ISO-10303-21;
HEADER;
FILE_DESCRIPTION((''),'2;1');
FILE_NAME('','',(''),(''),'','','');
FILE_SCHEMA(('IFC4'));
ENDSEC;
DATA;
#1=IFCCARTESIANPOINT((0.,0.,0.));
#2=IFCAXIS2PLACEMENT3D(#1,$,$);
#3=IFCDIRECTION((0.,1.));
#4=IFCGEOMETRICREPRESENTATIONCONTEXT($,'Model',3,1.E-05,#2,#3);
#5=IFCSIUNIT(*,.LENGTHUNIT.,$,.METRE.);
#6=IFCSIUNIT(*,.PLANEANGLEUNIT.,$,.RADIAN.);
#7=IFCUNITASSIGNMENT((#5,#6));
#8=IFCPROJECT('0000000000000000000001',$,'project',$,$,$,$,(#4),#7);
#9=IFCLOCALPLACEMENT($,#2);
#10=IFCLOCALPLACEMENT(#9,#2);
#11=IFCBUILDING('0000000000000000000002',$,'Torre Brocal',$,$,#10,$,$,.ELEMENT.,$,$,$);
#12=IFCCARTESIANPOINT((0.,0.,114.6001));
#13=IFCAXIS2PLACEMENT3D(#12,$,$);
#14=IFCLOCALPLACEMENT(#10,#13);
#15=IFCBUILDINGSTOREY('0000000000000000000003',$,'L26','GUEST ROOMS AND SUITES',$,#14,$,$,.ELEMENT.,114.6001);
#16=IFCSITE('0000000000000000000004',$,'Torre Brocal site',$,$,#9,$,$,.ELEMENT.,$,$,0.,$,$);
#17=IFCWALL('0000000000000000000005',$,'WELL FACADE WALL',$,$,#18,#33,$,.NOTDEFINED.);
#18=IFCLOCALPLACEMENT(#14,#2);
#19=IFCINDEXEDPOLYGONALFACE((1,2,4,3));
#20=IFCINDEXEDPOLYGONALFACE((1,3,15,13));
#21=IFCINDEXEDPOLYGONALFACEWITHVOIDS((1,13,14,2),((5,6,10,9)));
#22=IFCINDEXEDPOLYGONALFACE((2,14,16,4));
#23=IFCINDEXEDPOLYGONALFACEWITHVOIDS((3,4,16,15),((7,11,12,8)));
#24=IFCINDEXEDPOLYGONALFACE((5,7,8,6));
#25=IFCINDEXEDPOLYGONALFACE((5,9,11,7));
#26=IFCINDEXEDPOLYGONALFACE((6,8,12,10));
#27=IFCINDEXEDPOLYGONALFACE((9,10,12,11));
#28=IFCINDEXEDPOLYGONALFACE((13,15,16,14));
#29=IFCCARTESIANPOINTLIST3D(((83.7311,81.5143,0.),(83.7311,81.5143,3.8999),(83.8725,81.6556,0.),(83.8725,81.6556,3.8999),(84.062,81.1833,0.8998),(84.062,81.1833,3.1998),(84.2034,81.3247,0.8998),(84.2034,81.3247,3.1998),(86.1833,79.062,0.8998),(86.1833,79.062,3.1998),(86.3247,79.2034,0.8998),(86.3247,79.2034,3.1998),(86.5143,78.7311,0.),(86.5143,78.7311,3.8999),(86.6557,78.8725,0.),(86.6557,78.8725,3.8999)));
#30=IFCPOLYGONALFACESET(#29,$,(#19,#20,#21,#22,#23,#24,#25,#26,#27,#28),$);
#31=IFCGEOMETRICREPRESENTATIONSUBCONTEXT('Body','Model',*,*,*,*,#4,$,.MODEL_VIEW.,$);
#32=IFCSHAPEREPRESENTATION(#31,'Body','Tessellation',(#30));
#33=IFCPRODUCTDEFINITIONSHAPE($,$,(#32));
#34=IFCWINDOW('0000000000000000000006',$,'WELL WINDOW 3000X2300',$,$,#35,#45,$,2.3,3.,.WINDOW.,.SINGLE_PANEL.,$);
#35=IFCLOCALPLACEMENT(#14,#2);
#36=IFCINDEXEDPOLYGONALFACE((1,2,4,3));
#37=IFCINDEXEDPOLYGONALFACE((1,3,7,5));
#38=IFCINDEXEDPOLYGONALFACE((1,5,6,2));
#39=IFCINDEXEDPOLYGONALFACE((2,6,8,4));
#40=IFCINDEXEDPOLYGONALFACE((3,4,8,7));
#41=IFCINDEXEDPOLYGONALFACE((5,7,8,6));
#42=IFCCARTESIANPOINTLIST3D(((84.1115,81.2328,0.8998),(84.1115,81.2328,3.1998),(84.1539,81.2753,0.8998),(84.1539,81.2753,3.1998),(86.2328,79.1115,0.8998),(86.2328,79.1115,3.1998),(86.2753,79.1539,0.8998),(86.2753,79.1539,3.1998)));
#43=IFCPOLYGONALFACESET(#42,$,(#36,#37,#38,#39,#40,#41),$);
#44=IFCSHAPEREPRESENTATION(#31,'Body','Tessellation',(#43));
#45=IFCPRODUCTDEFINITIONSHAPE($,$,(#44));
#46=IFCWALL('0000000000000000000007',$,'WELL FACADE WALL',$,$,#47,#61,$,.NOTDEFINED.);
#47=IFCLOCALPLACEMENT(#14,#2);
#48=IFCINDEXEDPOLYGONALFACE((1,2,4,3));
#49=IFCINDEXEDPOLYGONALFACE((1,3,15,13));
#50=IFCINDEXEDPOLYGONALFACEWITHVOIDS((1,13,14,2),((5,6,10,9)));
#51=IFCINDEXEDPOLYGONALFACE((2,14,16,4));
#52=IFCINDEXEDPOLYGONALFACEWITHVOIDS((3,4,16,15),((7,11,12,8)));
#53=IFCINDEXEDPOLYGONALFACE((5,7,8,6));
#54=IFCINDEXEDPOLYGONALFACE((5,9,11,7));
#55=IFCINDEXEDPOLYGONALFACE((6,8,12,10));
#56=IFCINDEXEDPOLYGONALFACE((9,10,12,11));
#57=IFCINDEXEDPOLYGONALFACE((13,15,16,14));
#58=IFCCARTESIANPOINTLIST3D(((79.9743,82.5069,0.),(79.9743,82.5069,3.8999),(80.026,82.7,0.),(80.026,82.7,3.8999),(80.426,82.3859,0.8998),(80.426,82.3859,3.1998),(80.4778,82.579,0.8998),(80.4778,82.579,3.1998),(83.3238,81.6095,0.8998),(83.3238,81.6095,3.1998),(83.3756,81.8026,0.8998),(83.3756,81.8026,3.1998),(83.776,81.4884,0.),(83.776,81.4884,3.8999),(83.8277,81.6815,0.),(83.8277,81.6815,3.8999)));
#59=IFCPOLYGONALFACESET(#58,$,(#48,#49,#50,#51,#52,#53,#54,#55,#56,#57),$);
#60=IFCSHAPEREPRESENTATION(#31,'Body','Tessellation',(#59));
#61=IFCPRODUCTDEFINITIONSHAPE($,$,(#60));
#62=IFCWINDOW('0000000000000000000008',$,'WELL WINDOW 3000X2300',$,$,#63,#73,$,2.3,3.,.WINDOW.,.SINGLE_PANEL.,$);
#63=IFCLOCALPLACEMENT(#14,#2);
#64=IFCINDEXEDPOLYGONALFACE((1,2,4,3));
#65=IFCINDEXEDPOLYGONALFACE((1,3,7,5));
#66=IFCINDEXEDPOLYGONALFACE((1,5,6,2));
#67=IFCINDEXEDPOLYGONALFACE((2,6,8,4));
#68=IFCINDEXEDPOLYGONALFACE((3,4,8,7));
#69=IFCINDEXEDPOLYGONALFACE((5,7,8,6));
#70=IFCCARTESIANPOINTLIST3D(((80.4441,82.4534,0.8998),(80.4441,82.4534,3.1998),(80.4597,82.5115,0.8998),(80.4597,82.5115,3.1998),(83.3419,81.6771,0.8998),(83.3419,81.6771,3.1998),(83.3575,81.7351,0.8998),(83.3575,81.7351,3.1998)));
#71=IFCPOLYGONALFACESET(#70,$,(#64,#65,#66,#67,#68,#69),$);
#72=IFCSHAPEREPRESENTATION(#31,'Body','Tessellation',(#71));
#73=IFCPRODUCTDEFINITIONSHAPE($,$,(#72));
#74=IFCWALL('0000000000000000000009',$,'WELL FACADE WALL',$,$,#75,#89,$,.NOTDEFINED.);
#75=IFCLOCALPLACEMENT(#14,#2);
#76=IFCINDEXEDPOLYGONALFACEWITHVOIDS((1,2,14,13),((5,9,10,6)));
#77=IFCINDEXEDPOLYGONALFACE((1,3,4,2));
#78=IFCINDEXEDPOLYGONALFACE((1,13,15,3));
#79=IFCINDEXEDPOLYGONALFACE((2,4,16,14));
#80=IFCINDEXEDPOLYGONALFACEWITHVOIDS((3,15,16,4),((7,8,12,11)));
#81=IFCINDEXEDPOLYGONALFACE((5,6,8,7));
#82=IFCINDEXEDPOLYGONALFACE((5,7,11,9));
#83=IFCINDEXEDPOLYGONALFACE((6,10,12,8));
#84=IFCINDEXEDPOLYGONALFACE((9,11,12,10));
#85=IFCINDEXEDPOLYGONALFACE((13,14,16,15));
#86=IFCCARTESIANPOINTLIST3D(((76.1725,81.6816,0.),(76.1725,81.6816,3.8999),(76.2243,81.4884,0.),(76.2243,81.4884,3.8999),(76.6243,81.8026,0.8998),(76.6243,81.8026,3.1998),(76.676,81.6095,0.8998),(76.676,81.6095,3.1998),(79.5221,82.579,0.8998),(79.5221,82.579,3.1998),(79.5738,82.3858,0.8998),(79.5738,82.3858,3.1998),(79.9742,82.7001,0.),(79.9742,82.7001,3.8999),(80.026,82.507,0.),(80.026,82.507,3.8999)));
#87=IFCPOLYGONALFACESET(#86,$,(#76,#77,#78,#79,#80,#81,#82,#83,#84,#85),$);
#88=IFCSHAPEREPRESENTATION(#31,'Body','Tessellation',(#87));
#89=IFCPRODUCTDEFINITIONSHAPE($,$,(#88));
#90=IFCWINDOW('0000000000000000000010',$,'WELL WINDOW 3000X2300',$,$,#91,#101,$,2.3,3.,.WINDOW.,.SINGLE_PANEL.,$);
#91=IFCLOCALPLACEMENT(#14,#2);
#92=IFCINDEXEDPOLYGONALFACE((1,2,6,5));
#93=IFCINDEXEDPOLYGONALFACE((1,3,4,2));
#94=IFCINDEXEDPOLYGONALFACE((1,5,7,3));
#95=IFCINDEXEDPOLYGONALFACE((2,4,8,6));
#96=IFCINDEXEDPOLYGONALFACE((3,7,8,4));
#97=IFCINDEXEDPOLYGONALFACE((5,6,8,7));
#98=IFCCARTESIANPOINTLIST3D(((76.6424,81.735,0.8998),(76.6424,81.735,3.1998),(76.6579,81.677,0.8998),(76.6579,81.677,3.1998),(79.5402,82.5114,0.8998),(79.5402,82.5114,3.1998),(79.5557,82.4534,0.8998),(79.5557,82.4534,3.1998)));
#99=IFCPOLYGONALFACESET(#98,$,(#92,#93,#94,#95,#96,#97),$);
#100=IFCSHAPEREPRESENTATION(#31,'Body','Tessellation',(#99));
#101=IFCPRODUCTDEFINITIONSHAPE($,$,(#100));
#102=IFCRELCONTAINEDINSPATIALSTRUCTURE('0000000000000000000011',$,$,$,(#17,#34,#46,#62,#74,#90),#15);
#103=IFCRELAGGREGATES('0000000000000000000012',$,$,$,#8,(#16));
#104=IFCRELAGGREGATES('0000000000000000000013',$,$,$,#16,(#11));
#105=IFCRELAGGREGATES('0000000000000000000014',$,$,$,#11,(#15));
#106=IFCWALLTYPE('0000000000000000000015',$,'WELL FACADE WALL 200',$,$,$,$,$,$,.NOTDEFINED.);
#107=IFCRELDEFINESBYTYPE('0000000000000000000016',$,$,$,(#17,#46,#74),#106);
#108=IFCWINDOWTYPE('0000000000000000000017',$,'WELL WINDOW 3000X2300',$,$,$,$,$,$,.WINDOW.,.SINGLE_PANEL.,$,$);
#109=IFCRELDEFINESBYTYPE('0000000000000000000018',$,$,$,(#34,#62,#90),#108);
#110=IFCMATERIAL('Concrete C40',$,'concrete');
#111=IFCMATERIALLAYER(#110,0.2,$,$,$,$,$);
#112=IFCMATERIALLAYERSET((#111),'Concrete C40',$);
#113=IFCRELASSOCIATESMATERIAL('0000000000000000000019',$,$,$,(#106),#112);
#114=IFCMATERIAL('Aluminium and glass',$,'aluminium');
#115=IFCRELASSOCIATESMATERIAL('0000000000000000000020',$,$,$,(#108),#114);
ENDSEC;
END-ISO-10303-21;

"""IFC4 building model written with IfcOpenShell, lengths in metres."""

from ifc_helpers import new_model, si_unit, direction, frame, frame_2d, origin, place, context, subcontext, project, spatial, rectangle, extrude, material, layer, layer_set, type_object, element, fill, save


model = new_model("IFC4")

# Units and contexts
model_context = context("Model", 3, precision=1e-05, world=origin(), true_north=direction((0.0, 1.0)))
body_context = subcontext(model_context, "Body", "Model", "MODEL_VIEW")
ifc_project = project(units=[si_unit("LENGTHUNIT", "METRE"), si_unit("PLANEANGLEUNIT", "RADIAN")], contexts=[model_context])

# Site, building, storey
site_placement = place(None, origin())
site = spatial("IfcSite", under=ifc_project, at=site_placement, Name="Torre Brocal site", CompositionType="ELEMENT", RefElevation=0.0)
building_placement = place(site_placement, origin())
building = spatial("IfcBuilding", under=site, at=building_placement, Name="Torre Brocal", CompositionType="ELEMENT")
storey_placement = place(building_placement, frame((0.0, 0.0, 114.6001)))
storey = spatial("IfcBuildingStorey", under=building, at=storey_placement, Name="L26", Description="GUEST ROOMS AND SUITES", CompositionType="ELEMENT", Elevation=114.6001)

# Walls, openings, windows
ifc_material_1 = material(Name="Concrete C40", Category="concrete")
ifc_layer_1 = layer(ifc_material_1, 0.2)
ifc_layer_set_1 = layer_set([ifc_layer_1], Name="Concrete C40")
wall_type_1 = type_object("IfcWallType", Name="WELL FACADE WALL 200", PredefinedType="NOTDEFINED", material=ifc_layer_set_1)
ifc_material_2 = material(Name="Aluminium and glass", Category="aluminium")
window_type = type_object("IfcWindowType", Name="WELL WINDOW 3000X2300", PartitioningType="SINGLE_PANEL", PredefinedType="WINDOW", material=ifc_material_2)
wall_1_placement = place(storey_placement, frame((86.585, 78.8018, 0.0), z_axis=(0.0, 0.0, 1.0), x_axis=(-0.707107, 0.707107, 0.0)))
wall_1 = element("IfcWall", 1, at=wall_1_placement, inside=storey, type_object=wall_type_1, Name="WELL FACADE WALL", PredefinedType="NOTDEFINED", context=body_context, shape_type="SweptSolid", body=[
    extrude(rectangle(XDim=3.936, YDim=0.2, at=frame_2d((1.968, 0.0))), origin(), (0.0, 0.0, 1.0), 3.8999),
])
opening_1_placement = place(wall_1_placement, frame((0.468, 0.0, 0.8999)))
opening_1 = element("IfcOpeningElement", 2, at=opening_1_placement, cuts=wall_1, PredefinedType="OPENING", context=body_context, shape_type="SweptSolid", body=[
    extrude(rectangle(XDim=3.0, YDim=2.3, at=frame_2d((1.5, 1.1499))), frame((0.0, 0.1099, 0.0), z_axis=(0.0, -1.0, 0.0), x_axis=(1.0, 0.0, 0.0)), (0.0, 0.0, 1.0), 0.22),
])
window_1_placement = place(opening_1_placement, origin())
window_1 = element("IfcWindow", 3, at=window_1_placement, inside=storey, type_object=window_type, Name="WELL WINDOW 3000X2300", OverallHeight=2.3, OverallWidth=3.0, PartitioningType="SINGLE_PANEL", PredefinedType="WINDOW", context=body_context, shape_type="SweptSolid", body=[
    extrude(rectangle(XDim=3.0, YDim=2.3, at=frame_2d((1.5, 1.1499))), frame((0.0, 0.03, 0.0), z_axis=(0.0, -1.0, 0.0), x_axis=(1.0, 0.0, 0.0)), (0.0, 0.0, 1.0), 0.0601),
])
fill(opening_1, window_1)
wall_2_placement = place(storey_placement, frame((83.8018, 81.585, 0.0), z_axis=(0.0, 0.0, 1.0), x_axis=(-0.965934, 0.25879, 0.0)))
wall_2 = element("IfcWall", 4, at=wall_2_placement, inside=storey, type_object=wall_type_1, Name="WELL FACADE WALL", PredefinedType="NOTDEFINED", context=body_context, shape_type="SweptSolid", body=[
    extrude(rectangle(XDim=3.9358, YDim=0.2, at=frame_2d((1.9678, 0.0))), origin(), (0.0, 0.0, 1.0), 3.8999),
])
opening_2_placement = place(wall_2_placement, frame((0.468, 0.0, 0.8999)))
opening_2 = element("IfcOpeningElement", 5, at=opening_2_placement, cuts=wall_2, PredefinedType="OPENING", context=body_context, shape_type="SweptSolid", body=[
    extrude(rectangle(XDim=3.0, YDim=2.3, at=frame_2d((1.5, 1.1499))), frame((0.0, 0.1099, 0.0), z_axis=(0.0, -1.0, 0.0), x_axis=(1.0, 0.0, 0.0)), (0.0, 0.0, 1.0), 0.22),
])
window_2_placement = place(opening_2_placement, origin())
window_2 = element("IfcWindow", 6, at=window_2_placement, inside=storey, type_object=window_type, Name="WELL WINDOW 3000X2300", OverallHeight=2.3, OverallWidth=3.0, PartitioningType="SINGLE_PANEL", PredefinedType="WINDOW", context=body_context, shape_type="SweptSolid", body=[
    extrude(rectangle(XDim=3.0, YDim=2.3, at=frame_2d((1.5, 1.1499))), frame((0.0, 0.03, 0.0), z_axis=(0.0, -1.0, 0.0), x_axis=(1.0, 0.0, 0.0)), (0.0, 0.0, 1.0), 0.0601),
])
fill(opening_2, window_2)
wall_3_placement = place(storey_placement, frame((80.0, 82.6035, 0.0), z_axis=(0.0, 0.0, 1.0), x_axis=(-0.965934, -0.25879, 0.0)))
wall_3 = element("IfcWall", 7, at=wall_3_placement, inside=storey, type_object=wall_type_1, Name="WELL FACADE WALL", PredefinedType="NOTDEFINED", context=body_context, shape_type="SweptSolid", body=[
    extrude(rectangle(XDim=3.9358, YDim=0.2, at=frame_2d((1.9678, 0.0))), origin(), (0.0, 0.0, 1.0), 3.8999),
])
opening_3_placement = place(wall_3_placement, frame((0.468, 0.0, 0.8999)))
opening_3 = element("IfcOpeningElement", 8, at=opening_3_placement, cuts=wall_3, PredefinedType="OPENING", context=body_context, shape_type="SweptSolid", body=[
    extrude(rectangle(XDim=3.0, YDim=2.3, at=frame_2d((1.5, 1.1499))), frame((0.0, 0.1099, 0.0), z_axis=(0.0, -1.0, 0.0), x_axis=(1.0, 0.0, 0.0)), (0.0, 0.0, 1.0), 0.22),
])
window_3_placement = place(opening_3_placement, origin())
window_3 = element("IfcWindow", 9, at=window_3_placement, inside=storey, type_object=window_type, Name="WELL WINDOW 3000X2300", OverallHeight=2.3, OverallWidth=3.0, PartitioningType="SINGLE_PANEL", PredefinedType="WINDOW", context=body_context, shape_type="SweptSolid", body=[
    extrude(rectangle(XDim=3.0, YDim=2.3, at=frame_2d((1.5, 1.1499))), frame((0.0, 0.03, 0.0), z_axis=(0.0, -1.0, 0.0), x_axis=(1.0, 0.0, 0.0)), (0.0, 0.0, 1.0), 0.0601),
])
fill(opening_3, window_3)

save(model, "model.ifc")
